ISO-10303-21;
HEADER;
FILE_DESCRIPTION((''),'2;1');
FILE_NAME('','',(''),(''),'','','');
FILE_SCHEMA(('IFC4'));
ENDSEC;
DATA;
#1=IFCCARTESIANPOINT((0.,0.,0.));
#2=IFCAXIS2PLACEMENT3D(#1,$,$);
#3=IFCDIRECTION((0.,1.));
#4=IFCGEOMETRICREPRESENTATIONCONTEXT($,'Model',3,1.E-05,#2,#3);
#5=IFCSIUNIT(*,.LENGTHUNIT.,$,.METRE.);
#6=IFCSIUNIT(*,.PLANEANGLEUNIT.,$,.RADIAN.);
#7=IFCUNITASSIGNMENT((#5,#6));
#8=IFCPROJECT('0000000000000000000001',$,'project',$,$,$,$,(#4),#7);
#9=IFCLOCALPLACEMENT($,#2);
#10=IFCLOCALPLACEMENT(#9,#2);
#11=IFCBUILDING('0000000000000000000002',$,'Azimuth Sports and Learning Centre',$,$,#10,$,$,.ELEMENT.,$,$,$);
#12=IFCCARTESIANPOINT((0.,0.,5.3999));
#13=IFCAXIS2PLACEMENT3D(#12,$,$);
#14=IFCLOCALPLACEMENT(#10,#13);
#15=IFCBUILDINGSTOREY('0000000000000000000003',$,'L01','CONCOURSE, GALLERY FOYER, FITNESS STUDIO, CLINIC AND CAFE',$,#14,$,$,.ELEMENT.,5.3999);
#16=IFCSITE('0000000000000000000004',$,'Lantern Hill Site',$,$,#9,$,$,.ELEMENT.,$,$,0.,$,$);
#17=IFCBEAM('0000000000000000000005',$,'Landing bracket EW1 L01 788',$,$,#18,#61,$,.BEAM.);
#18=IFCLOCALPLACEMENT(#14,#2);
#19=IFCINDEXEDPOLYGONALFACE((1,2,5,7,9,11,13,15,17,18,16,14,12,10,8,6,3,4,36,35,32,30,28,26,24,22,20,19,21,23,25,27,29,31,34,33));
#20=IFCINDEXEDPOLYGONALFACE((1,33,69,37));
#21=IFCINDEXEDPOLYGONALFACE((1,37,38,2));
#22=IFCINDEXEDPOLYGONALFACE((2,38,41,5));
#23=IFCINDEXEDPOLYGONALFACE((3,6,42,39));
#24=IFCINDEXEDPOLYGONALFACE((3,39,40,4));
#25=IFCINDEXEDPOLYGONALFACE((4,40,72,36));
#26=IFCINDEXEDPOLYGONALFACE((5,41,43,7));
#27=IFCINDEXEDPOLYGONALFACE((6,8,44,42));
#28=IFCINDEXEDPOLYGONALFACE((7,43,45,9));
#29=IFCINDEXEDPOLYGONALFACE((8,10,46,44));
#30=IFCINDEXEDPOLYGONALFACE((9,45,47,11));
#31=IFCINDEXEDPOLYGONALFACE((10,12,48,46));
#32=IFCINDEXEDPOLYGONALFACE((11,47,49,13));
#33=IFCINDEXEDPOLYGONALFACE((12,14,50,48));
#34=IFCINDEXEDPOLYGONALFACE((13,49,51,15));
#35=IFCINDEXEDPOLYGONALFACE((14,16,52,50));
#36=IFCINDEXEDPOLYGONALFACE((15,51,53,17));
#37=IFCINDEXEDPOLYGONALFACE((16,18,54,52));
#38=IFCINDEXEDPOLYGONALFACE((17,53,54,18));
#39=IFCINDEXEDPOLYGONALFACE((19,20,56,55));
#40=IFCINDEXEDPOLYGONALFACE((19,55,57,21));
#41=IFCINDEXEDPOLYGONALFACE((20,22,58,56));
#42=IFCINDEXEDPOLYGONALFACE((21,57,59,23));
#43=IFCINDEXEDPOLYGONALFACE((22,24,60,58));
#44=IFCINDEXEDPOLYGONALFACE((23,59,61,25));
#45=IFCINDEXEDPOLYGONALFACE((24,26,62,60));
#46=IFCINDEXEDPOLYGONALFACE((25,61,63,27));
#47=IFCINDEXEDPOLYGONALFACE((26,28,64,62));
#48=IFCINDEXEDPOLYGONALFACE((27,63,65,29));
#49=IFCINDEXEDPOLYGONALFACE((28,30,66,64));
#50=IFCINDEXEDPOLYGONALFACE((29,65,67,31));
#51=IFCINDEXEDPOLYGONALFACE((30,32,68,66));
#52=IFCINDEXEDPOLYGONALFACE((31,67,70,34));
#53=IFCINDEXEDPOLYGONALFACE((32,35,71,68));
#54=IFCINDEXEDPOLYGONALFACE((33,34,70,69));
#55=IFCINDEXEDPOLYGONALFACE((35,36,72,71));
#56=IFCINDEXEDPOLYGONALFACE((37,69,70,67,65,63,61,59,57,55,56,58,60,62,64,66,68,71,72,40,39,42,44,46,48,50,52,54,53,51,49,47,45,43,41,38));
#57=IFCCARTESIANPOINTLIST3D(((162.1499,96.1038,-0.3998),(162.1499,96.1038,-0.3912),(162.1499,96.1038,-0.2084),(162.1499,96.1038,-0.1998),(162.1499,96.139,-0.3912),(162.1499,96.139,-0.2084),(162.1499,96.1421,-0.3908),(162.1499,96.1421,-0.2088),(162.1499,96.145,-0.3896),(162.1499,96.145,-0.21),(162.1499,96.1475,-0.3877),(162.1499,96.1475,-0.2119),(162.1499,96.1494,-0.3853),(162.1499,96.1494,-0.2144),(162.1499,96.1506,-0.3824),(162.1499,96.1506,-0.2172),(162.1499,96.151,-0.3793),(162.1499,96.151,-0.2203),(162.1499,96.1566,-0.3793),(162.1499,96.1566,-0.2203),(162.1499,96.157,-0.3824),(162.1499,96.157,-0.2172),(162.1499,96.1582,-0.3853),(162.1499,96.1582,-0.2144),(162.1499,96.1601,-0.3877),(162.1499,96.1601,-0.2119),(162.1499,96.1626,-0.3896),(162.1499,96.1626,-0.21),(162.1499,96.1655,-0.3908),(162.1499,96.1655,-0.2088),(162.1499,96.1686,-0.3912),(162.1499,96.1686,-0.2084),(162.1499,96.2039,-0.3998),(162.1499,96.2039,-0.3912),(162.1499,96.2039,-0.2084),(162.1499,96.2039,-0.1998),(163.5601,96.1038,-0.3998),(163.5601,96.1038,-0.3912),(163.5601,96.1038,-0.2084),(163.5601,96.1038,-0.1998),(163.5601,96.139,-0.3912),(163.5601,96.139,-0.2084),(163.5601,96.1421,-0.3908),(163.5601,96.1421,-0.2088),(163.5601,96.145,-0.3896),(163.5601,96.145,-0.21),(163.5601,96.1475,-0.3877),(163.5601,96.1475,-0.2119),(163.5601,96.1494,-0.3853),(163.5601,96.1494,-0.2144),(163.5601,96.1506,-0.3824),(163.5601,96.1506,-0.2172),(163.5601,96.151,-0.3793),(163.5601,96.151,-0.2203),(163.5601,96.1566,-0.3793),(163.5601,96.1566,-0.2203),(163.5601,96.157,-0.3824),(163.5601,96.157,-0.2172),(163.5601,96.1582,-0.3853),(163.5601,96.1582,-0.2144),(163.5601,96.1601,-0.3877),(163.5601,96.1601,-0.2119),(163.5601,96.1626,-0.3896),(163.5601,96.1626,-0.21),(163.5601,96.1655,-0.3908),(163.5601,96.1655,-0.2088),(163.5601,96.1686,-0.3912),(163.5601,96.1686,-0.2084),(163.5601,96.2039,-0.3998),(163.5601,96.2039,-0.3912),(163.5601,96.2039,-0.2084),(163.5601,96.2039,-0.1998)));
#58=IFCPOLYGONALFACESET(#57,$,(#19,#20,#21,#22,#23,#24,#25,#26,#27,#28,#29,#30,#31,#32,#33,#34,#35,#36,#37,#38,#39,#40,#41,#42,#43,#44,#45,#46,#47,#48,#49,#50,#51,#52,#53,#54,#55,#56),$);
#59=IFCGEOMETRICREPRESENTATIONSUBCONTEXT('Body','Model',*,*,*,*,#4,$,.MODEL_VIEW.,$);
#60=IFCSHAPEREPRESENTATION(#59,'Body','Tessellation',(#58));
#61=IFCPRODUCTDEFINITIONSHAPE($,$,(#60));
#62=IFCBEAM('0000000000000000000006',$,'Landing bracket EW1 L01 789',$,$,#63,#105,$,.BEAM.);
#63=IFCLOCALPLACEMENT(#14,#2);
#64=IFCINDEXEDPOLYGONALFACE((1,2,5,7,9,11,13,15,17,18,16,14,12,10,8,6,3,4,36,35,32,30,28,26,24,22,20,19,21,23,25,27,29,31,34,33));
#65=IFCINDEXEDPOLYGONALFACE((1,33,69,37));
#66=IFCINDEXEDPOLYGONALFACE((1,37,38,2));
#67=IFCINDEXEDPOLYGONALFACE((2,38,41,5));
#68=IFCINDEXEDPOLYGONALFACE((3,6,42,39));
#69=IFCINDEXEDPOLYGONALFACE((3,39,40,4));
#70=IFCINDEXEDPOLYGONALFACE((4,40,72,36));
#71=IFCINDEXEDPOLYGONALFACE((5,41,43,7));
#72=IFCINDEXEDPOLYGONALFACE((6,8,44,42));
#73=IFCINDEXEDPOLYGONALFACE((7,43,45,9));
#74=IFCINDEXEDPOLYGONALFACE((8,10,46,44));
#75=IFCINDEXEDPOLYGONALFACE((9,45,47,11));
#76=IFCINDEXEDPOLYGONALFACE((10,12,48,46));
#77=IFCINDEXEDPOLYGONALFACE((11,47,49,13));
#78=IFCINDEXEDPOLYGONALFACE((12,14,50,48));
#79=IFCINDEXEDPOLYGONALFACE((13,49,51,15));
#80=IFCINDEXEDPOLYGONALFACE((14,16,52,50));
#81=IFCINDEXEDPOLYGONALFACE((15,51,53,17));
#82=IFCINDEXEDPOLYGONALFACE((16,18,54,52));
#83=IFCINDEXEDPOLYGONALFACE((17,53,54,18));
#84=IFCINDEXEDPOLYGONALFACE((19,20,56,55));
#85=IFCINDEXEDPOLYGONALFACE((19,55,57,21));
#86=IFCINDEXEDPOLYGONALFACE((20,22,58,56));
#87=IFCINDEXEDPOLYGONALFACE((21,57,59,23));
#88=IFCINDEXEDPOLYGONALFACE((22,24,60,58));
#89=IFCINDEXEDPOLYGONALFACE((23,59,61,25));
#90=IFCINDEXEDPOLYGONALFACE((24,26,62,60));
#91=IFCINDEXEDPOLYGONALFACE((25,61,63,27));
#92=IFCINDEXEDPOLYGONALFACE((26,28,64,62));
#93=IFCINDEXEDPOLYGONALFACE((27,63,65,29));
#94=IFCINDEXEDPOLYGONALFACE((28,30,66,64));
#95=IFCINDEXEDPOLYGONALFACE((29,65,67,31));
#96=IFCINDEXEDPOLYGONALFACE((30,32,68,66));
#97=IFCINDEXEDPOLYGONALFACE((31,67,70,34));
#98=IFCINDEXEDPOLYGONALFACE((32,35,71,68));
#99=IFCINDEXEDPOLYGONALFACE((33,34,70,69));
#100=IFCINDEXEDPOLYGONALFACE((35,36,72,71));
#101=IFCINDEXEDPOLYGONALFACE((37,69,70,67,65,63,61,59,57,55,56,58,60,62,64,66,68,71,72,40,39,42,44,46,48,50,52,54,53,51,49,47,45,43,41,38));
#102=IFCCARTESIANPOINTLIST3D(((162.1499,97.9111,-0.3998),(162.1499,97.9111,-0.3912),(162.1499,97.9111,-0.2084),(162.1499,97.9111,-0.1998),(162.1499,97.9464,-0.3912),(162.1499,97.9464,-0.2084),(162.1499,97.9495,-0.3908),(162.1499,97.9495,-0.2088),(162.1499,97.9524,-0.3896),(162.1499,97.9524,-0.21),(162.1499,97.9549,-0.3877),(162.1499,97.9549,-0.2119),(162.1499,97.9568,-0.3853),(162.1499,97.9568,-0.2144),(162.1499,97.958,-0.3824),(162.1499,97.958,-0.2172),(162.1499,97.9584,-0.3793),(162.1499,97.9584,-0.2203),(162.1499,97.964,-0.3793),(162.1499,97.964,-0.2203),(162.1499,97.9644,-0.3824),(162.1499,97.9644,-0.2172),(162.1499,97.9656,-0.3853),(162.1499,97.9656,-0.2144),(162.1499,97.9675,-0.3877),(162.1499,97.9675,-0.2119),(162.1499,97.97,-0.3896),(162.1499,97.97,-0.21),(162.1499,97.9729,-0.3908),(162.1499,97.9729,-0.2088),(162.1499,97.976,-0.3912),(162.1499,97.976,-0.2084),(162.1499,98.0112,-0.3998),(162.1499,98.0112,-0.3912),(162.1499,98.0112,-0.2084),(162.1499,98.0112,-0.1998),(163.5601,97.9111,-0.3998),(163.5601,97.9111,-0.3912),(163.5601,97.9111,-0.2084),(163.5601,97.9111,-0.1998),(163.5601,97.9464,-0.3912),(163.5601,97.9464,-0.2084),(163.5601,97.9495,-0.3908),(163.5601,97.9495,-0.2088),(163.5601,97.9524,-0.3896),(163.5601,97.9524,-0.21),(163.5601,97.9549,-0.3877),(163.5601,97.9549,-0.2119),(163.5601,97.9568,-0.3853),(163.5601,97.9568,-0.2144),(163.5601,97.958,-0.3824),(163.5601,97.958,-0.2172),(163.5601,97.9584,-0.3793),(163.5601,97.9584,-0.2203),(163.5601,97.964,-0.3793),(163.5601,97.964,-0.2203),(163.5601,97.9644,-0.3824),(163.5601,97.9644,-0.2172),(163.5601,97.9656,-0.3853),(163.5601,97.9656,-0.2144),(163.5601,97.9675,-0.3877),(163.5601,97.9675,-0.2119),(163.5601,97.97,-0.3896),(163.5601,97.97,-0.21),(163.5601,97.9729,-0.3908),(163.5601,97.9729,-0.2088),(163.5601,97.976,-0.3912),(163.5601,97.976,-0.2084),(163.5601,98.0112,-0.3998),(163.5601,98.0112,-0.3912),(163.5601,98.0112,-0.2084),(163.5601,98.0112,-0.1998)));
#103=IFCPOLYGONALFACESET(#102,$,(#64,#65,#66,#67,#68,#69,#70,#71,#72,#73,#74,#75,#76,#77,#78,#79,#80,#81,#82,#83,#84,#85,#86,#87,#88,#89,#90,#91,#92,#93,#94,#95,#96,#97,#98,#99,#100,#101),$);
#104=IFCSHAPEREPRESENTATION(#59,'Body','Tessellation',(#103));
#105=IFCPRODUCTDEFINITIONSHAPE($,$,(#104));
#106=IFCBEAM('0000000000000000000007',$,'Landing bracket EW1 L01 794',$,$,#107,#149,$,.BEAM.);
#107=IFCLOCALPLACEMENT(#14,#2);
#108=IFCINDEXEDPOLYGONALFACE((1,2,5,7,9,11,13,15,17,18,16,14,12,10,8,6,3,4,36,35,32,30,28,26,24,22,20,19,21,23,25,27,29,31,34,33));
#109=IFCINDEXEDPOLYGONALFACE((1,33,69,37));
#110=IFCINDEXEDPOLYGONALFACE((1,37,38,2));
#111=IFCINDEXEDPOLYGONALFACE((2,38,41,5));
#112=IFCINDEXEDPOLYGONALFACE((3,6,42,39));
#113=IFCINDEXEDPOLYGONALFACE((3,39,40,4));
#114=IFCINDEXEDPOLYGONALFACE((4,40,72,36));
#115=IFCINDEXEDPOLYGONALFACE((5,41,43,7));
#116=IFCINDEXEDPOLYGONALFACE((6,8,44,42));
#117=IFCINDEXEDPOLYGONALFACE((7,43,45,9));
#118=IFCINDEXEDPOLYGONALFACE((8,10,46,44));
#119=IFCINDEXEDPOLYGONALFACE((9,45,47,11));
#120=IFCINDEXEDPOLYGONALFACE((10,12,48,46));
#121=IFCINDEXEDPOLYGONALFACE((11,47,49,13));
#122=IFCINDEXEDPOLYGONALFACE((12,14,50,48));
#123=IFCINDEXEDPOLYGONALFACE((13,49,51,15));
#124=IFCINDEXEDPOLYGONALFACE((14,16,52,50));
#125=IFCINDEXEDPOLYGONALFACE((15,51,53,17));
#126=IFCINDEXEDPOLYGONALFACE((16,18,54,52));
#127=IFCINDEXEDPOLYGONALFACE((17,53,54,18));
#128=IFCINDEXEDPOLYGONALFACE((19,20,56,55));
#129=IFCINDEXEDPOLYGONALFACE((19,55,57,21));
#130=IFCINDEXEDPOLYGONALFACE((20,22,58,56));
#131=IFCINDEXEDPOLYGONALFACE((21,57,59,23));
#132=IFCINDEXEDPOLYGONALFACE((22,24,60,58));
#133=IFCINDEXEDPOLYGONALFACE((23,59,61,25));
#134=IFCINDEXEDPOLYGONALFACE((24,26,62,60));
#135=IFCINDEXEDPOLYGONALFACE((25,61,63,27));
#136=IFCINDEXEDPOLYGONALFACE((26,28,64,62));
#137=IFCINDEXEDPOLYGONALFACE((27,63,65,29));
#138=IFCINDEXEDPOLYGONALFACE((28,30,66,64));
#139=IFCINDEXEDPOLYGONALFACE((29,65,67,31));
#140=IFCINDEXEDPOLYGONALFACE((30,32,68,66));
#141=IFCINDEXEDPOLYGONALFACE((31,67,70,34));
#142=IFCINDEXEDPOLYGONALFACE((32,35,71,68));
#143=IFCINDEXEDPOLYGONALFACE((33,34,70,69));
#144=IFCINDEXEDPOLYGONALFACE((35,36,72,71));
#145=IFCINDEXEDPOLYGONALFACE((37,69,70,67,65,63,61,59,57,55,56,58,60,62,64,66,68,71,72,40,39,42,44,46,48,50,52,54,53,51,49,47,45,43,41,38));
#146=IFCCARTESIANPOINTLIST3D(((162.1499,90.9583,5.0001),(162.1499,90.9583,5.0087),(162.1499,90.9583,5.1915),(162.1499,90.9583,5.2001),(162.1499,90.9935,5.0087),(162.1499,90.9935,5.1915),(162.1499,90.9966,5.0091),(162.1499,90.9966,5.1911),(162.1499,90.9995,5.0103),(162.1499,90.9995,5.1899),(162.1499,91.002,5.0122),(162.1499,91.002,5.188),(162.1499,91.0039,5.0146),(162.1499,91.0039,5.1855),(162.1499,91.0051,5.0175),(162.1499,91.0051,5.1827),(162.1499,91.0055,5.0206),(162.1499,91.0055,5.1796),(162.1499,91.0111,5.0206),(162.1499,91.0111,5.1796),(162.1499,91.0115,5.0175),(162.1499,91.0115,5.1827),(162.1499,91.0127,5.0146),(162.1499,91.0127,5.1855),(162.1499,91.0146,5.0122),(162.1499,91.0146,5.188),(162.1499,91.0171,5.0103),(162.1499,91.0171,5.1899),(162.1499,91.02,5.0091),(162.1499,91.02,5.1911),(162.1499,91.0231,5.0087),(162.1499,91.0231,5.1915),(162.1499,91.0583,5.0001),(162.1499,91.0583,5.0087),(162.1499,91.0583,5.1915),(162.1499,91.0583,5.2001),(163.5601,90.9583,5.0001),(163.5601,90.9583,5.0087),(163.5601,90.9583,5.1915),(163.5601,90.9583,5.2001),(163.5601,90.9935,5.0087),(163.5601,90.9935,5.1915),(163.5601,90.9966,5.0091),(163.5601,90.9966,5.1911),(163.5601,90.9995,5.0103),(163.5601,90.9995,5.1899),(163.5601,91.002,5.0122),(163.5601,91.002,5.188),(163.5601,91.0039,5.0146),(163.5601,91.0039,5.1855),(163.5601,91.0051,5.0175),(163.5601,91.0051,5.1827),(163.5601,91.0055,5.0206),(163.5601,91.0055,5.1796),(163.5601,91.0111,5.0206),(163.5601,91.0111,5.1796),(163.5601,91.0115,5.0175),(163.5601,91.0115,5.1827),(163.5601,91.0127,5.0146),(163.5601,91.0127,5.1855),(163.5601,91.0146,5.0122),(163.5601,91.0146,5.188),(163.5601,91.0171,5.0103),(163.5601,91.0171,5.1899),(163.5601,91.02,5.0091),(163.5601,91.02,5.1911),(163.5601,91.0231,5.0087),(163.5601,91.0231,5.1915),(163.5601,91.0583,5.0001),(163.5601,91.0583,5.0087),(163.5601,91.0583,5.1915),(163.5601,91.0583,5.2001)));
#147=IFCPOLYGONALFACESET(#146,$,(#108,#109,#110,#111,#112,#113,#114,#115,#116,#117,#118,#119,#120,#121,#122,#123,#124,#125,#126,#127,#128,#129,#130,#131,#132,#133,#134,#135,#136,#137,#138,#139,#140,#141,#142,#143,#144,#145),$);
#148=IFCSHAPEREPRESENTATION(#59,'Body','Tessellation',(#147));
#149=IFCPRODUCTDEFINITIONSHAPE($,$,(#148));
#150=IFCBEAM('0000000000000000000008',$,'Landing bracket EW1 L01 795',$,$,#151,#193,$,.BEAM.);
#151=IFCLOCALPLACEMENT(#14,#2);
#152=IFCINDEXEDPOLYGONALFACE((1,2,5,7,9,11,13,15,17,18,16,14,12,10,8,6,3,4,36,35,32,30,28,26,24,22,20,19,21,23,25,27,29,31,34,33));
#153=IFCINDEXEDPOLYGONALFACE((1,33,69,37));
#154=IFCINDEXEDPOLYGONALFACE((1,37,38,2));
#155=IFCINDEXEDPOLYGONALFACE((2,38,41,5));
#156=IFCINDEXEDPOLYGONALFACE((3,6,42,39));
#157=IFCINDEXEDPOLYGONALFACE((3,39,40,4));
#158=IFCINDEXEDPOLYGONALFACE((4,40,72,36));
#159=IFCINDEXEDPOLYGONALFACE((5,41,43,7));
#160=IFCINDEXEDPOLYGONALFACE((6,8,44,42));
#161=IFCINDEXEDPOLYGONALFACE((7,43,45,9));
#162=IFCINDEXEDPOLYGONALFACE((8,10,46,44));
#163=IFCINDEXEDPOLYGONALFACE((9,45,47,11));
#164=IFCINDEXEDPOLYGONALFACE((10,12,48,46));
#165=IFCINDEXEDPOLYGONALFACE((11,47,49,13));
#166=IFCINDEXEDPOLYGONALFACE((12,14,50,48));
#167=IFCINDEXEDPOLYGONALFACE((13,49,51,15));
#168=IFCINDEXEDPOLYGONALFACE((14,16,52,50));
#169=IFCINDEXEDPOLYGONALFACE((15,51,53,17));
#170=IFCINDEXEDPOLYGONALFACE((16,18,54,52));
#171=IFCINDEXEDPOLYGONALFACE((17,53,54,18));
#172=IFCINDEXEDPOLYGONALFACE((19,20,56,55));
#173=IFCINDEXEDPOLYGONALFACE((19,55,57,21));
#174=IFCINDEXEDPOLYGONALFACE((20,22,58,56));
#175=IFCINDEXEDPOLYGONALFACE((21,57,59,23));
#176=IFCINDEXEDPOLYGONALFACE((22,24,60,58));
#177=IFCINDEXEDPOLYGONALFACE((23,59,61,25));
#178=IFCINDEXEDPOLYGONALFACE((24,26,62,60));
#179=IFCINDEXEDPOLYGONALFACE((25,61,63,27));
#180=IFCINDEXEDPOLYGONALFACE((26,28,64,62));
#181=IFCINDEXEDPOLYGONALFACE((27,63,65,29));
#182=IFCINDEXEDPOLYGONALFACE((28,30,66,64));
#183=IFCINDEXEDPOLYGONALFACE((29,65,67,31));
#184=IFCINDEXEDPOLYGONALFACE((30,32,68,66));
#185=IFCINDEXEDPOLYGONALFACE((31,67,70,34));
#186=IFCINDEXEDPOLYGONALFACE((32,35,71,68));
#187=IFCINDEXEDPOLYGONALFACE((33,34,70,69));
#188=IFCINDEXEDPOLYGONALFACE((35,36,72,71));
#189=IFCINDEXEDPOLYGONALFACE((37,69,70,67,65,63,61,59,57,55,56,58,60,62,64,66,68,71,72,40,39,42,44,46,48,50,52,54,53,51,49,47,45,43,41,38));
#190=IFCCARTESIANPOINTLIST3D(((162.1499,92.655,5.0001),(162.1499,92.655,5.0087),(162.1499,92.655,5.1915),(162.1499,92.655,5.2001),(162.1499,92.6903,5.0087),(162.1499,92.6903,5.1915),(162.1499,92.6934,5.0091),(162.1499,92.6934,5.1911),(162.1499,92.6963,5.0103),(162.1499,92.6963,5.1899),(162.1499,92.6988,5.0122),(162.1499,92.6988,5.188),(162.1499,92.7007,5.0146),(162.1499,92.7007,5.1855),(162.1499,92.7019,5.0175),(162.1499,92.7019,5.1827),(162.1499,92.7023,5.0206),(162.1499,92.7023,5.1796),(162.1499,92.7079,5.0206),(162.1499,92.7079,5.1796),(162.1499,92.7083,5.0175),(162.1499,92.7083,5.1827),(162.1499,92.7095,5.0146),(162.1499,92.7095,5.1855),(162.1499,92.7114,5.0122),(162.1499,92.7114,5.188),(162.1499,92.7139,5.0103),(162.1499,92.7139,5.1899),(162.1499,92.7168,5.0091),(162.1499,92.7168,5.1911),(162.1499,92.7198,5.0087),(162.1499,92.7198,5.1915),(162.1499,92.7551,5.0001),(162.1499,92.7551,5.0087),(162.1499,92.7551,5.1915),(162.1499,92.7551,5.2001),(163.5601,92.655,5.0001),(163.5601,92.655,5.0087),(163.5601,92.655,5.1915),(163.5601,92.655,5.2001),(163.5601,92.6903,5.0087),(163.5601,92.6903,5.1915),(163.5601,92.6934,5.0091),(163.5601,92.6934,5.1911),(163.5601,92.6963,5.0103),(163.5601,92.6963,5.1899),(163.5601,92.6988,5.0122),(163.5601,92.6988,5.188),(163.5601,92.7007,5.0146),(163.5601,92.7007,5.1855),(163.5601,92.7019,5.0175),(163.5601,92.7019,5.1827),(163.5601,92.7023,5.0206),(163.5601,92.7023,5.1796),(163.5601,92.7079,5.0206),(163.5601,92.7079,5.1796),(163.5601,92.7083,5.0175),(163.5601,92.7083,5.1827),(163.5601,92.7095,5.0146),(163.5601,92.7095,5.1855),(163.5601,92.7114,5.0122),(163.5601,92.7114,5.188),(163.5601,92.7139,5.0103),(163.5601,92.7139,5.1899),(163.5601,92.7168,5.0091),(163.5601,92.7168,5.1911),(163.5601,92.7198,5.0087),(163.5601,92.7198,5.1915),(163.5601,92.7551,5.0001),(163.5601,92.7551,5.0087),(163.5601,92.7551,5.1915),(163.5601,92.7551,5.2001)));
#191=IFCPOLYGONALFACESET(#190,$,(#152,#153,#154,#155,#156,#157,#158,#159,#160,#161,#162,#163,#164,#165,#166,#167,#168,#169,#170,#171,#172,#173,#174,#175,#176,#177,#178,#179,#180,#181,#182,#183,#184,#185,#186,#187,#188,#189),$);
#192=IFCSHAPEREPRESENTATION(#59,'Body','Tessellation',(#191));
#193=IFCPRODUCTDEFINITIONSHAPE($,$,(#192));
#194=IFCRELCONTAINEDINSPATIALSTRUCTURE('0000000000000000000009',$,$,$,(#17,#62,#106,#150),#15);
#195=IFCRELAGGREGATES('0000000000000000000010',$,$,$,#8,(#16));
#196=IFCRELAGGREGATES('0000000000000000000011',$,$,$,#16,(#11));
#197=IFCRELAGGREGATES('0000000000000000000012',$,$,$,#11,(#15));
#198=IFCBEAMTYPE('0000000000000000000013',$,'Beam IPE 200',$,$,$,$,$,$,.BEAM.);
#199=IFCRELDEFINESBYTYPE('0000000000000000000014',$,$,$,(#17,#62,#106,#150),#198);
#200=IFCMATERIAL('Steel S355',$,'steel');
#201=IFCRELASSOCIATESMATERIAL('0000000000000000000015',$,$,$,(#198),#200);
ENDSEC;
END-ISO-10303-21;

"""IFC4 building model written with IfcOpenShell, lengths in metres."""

from ifc_helpers import new_model, si_unit, direction, frame, origin, origin_2d, place, context, subcontext, project, spatial, i_section, extrude, material, material_profile, profile_set, type_object, element, save


model = new_model("IFC4")

# Units and contexts
model_context = context("Model", 3, precision=1e-05, world=origin(), true_north=direction((0.0, 1.0)))
body_context = subcontext(model_context, "Body", "Model", "MODEL_VIEW")
ifc_project = project(units=[si_unit("LENGTHUNIT", "METRE"), si_unit("PLANEANGLEUNIT", "RADIAN")], contexts=[model_context])

# Site, building, storey
site_placement = place(None, origin())
site = spatial("IfcSite", under=ifc_project, at=site_placement, Name="Lantern Hill Site", CompositionType="ELEMENT", RefElevation=0.0)
building_placement = place(site_placement, origin())
building = spatial("IfcBuilding", under=site, at=building_placement, Name="Azimuth Sports and Learning Centre", CompositionType="ELEMENT")
storey_placement = place(building_placement, frame((0.0, 0.0, 5.3999)))
storey = spatial("IfcBuildingStorey", under=building, at=storey_placement, Name="L01", Description="CONCOURSE, GALLERY FOYER, FITNESS STUDIO, CLINIC AND CAFE", CompositionType="ELEMENT", Elevation=5.3999)

# Beams
ifc_material_1 = material(Name="Steel S355", Category="steel")
ifc_material_profile_1 = material_profile(ifc_material_1, i_section(OverallWidth=0.1001, OverallDepth=0.2, WebThickness=0.0056, FlangeThickness=0.0085, FilletRadius=0.012, at=origin_2d()), Name="IPE 200")
ifc_profile_set_1 = profile_set([ifc_material_profile_1], Name="Steel S355")
beam_type_1 = type_object("IfcBeamType", Name="Beam IPE 200", PredefinedType="BEAM", material=ifc_profile_set_1)
for number, where, z_axis, x_axis, name in (
    (1, (162.1499, 96.1538, -0.2998), (1.0, 0.0, 0.0), (0.0, 1.0, 0.0), "Landing bracket EW1 L01 788"),
    (2, (162.1499, 97.9612, -0.2998), (1.0, 0.0, 0.0), (0.0, 1.0, 0.0), "Landing bracket EW1 L01 789"),
    (3, (162.1499, 91.0083, 5.1001), (1.0, 0.0, 0.0), (0.0, 1.0, 0.0), "Landing bracket EW1 L01 794"),
    (4, (162.1499, 92.7051, 5.1001), (1.0, 0.0, 0.0), (0.0, 1.0, 0.0), "Landing bracket EW1 L01 795"),
):
    element("IfcBeam", number, at=place(storey_placement, frame(where, z_axis=z_axis, x_axis=x_axis)), inside=storey, type_object=beam_type_1, Name=name, PredefinedType="BEAM", context=body_context, shape_type="SweptSolid", body=[
        extrude(i_section(OverallWidth=0.1001, OverallDepth=0.2, WebThickness=0.0056, FlangeThickness=0.0085, FilletRadius=0.012, at=origin_2d()), origin(), (0.0, 0.0, 1.0), 1.4102),
    ])

save(model, "model.ifc")
